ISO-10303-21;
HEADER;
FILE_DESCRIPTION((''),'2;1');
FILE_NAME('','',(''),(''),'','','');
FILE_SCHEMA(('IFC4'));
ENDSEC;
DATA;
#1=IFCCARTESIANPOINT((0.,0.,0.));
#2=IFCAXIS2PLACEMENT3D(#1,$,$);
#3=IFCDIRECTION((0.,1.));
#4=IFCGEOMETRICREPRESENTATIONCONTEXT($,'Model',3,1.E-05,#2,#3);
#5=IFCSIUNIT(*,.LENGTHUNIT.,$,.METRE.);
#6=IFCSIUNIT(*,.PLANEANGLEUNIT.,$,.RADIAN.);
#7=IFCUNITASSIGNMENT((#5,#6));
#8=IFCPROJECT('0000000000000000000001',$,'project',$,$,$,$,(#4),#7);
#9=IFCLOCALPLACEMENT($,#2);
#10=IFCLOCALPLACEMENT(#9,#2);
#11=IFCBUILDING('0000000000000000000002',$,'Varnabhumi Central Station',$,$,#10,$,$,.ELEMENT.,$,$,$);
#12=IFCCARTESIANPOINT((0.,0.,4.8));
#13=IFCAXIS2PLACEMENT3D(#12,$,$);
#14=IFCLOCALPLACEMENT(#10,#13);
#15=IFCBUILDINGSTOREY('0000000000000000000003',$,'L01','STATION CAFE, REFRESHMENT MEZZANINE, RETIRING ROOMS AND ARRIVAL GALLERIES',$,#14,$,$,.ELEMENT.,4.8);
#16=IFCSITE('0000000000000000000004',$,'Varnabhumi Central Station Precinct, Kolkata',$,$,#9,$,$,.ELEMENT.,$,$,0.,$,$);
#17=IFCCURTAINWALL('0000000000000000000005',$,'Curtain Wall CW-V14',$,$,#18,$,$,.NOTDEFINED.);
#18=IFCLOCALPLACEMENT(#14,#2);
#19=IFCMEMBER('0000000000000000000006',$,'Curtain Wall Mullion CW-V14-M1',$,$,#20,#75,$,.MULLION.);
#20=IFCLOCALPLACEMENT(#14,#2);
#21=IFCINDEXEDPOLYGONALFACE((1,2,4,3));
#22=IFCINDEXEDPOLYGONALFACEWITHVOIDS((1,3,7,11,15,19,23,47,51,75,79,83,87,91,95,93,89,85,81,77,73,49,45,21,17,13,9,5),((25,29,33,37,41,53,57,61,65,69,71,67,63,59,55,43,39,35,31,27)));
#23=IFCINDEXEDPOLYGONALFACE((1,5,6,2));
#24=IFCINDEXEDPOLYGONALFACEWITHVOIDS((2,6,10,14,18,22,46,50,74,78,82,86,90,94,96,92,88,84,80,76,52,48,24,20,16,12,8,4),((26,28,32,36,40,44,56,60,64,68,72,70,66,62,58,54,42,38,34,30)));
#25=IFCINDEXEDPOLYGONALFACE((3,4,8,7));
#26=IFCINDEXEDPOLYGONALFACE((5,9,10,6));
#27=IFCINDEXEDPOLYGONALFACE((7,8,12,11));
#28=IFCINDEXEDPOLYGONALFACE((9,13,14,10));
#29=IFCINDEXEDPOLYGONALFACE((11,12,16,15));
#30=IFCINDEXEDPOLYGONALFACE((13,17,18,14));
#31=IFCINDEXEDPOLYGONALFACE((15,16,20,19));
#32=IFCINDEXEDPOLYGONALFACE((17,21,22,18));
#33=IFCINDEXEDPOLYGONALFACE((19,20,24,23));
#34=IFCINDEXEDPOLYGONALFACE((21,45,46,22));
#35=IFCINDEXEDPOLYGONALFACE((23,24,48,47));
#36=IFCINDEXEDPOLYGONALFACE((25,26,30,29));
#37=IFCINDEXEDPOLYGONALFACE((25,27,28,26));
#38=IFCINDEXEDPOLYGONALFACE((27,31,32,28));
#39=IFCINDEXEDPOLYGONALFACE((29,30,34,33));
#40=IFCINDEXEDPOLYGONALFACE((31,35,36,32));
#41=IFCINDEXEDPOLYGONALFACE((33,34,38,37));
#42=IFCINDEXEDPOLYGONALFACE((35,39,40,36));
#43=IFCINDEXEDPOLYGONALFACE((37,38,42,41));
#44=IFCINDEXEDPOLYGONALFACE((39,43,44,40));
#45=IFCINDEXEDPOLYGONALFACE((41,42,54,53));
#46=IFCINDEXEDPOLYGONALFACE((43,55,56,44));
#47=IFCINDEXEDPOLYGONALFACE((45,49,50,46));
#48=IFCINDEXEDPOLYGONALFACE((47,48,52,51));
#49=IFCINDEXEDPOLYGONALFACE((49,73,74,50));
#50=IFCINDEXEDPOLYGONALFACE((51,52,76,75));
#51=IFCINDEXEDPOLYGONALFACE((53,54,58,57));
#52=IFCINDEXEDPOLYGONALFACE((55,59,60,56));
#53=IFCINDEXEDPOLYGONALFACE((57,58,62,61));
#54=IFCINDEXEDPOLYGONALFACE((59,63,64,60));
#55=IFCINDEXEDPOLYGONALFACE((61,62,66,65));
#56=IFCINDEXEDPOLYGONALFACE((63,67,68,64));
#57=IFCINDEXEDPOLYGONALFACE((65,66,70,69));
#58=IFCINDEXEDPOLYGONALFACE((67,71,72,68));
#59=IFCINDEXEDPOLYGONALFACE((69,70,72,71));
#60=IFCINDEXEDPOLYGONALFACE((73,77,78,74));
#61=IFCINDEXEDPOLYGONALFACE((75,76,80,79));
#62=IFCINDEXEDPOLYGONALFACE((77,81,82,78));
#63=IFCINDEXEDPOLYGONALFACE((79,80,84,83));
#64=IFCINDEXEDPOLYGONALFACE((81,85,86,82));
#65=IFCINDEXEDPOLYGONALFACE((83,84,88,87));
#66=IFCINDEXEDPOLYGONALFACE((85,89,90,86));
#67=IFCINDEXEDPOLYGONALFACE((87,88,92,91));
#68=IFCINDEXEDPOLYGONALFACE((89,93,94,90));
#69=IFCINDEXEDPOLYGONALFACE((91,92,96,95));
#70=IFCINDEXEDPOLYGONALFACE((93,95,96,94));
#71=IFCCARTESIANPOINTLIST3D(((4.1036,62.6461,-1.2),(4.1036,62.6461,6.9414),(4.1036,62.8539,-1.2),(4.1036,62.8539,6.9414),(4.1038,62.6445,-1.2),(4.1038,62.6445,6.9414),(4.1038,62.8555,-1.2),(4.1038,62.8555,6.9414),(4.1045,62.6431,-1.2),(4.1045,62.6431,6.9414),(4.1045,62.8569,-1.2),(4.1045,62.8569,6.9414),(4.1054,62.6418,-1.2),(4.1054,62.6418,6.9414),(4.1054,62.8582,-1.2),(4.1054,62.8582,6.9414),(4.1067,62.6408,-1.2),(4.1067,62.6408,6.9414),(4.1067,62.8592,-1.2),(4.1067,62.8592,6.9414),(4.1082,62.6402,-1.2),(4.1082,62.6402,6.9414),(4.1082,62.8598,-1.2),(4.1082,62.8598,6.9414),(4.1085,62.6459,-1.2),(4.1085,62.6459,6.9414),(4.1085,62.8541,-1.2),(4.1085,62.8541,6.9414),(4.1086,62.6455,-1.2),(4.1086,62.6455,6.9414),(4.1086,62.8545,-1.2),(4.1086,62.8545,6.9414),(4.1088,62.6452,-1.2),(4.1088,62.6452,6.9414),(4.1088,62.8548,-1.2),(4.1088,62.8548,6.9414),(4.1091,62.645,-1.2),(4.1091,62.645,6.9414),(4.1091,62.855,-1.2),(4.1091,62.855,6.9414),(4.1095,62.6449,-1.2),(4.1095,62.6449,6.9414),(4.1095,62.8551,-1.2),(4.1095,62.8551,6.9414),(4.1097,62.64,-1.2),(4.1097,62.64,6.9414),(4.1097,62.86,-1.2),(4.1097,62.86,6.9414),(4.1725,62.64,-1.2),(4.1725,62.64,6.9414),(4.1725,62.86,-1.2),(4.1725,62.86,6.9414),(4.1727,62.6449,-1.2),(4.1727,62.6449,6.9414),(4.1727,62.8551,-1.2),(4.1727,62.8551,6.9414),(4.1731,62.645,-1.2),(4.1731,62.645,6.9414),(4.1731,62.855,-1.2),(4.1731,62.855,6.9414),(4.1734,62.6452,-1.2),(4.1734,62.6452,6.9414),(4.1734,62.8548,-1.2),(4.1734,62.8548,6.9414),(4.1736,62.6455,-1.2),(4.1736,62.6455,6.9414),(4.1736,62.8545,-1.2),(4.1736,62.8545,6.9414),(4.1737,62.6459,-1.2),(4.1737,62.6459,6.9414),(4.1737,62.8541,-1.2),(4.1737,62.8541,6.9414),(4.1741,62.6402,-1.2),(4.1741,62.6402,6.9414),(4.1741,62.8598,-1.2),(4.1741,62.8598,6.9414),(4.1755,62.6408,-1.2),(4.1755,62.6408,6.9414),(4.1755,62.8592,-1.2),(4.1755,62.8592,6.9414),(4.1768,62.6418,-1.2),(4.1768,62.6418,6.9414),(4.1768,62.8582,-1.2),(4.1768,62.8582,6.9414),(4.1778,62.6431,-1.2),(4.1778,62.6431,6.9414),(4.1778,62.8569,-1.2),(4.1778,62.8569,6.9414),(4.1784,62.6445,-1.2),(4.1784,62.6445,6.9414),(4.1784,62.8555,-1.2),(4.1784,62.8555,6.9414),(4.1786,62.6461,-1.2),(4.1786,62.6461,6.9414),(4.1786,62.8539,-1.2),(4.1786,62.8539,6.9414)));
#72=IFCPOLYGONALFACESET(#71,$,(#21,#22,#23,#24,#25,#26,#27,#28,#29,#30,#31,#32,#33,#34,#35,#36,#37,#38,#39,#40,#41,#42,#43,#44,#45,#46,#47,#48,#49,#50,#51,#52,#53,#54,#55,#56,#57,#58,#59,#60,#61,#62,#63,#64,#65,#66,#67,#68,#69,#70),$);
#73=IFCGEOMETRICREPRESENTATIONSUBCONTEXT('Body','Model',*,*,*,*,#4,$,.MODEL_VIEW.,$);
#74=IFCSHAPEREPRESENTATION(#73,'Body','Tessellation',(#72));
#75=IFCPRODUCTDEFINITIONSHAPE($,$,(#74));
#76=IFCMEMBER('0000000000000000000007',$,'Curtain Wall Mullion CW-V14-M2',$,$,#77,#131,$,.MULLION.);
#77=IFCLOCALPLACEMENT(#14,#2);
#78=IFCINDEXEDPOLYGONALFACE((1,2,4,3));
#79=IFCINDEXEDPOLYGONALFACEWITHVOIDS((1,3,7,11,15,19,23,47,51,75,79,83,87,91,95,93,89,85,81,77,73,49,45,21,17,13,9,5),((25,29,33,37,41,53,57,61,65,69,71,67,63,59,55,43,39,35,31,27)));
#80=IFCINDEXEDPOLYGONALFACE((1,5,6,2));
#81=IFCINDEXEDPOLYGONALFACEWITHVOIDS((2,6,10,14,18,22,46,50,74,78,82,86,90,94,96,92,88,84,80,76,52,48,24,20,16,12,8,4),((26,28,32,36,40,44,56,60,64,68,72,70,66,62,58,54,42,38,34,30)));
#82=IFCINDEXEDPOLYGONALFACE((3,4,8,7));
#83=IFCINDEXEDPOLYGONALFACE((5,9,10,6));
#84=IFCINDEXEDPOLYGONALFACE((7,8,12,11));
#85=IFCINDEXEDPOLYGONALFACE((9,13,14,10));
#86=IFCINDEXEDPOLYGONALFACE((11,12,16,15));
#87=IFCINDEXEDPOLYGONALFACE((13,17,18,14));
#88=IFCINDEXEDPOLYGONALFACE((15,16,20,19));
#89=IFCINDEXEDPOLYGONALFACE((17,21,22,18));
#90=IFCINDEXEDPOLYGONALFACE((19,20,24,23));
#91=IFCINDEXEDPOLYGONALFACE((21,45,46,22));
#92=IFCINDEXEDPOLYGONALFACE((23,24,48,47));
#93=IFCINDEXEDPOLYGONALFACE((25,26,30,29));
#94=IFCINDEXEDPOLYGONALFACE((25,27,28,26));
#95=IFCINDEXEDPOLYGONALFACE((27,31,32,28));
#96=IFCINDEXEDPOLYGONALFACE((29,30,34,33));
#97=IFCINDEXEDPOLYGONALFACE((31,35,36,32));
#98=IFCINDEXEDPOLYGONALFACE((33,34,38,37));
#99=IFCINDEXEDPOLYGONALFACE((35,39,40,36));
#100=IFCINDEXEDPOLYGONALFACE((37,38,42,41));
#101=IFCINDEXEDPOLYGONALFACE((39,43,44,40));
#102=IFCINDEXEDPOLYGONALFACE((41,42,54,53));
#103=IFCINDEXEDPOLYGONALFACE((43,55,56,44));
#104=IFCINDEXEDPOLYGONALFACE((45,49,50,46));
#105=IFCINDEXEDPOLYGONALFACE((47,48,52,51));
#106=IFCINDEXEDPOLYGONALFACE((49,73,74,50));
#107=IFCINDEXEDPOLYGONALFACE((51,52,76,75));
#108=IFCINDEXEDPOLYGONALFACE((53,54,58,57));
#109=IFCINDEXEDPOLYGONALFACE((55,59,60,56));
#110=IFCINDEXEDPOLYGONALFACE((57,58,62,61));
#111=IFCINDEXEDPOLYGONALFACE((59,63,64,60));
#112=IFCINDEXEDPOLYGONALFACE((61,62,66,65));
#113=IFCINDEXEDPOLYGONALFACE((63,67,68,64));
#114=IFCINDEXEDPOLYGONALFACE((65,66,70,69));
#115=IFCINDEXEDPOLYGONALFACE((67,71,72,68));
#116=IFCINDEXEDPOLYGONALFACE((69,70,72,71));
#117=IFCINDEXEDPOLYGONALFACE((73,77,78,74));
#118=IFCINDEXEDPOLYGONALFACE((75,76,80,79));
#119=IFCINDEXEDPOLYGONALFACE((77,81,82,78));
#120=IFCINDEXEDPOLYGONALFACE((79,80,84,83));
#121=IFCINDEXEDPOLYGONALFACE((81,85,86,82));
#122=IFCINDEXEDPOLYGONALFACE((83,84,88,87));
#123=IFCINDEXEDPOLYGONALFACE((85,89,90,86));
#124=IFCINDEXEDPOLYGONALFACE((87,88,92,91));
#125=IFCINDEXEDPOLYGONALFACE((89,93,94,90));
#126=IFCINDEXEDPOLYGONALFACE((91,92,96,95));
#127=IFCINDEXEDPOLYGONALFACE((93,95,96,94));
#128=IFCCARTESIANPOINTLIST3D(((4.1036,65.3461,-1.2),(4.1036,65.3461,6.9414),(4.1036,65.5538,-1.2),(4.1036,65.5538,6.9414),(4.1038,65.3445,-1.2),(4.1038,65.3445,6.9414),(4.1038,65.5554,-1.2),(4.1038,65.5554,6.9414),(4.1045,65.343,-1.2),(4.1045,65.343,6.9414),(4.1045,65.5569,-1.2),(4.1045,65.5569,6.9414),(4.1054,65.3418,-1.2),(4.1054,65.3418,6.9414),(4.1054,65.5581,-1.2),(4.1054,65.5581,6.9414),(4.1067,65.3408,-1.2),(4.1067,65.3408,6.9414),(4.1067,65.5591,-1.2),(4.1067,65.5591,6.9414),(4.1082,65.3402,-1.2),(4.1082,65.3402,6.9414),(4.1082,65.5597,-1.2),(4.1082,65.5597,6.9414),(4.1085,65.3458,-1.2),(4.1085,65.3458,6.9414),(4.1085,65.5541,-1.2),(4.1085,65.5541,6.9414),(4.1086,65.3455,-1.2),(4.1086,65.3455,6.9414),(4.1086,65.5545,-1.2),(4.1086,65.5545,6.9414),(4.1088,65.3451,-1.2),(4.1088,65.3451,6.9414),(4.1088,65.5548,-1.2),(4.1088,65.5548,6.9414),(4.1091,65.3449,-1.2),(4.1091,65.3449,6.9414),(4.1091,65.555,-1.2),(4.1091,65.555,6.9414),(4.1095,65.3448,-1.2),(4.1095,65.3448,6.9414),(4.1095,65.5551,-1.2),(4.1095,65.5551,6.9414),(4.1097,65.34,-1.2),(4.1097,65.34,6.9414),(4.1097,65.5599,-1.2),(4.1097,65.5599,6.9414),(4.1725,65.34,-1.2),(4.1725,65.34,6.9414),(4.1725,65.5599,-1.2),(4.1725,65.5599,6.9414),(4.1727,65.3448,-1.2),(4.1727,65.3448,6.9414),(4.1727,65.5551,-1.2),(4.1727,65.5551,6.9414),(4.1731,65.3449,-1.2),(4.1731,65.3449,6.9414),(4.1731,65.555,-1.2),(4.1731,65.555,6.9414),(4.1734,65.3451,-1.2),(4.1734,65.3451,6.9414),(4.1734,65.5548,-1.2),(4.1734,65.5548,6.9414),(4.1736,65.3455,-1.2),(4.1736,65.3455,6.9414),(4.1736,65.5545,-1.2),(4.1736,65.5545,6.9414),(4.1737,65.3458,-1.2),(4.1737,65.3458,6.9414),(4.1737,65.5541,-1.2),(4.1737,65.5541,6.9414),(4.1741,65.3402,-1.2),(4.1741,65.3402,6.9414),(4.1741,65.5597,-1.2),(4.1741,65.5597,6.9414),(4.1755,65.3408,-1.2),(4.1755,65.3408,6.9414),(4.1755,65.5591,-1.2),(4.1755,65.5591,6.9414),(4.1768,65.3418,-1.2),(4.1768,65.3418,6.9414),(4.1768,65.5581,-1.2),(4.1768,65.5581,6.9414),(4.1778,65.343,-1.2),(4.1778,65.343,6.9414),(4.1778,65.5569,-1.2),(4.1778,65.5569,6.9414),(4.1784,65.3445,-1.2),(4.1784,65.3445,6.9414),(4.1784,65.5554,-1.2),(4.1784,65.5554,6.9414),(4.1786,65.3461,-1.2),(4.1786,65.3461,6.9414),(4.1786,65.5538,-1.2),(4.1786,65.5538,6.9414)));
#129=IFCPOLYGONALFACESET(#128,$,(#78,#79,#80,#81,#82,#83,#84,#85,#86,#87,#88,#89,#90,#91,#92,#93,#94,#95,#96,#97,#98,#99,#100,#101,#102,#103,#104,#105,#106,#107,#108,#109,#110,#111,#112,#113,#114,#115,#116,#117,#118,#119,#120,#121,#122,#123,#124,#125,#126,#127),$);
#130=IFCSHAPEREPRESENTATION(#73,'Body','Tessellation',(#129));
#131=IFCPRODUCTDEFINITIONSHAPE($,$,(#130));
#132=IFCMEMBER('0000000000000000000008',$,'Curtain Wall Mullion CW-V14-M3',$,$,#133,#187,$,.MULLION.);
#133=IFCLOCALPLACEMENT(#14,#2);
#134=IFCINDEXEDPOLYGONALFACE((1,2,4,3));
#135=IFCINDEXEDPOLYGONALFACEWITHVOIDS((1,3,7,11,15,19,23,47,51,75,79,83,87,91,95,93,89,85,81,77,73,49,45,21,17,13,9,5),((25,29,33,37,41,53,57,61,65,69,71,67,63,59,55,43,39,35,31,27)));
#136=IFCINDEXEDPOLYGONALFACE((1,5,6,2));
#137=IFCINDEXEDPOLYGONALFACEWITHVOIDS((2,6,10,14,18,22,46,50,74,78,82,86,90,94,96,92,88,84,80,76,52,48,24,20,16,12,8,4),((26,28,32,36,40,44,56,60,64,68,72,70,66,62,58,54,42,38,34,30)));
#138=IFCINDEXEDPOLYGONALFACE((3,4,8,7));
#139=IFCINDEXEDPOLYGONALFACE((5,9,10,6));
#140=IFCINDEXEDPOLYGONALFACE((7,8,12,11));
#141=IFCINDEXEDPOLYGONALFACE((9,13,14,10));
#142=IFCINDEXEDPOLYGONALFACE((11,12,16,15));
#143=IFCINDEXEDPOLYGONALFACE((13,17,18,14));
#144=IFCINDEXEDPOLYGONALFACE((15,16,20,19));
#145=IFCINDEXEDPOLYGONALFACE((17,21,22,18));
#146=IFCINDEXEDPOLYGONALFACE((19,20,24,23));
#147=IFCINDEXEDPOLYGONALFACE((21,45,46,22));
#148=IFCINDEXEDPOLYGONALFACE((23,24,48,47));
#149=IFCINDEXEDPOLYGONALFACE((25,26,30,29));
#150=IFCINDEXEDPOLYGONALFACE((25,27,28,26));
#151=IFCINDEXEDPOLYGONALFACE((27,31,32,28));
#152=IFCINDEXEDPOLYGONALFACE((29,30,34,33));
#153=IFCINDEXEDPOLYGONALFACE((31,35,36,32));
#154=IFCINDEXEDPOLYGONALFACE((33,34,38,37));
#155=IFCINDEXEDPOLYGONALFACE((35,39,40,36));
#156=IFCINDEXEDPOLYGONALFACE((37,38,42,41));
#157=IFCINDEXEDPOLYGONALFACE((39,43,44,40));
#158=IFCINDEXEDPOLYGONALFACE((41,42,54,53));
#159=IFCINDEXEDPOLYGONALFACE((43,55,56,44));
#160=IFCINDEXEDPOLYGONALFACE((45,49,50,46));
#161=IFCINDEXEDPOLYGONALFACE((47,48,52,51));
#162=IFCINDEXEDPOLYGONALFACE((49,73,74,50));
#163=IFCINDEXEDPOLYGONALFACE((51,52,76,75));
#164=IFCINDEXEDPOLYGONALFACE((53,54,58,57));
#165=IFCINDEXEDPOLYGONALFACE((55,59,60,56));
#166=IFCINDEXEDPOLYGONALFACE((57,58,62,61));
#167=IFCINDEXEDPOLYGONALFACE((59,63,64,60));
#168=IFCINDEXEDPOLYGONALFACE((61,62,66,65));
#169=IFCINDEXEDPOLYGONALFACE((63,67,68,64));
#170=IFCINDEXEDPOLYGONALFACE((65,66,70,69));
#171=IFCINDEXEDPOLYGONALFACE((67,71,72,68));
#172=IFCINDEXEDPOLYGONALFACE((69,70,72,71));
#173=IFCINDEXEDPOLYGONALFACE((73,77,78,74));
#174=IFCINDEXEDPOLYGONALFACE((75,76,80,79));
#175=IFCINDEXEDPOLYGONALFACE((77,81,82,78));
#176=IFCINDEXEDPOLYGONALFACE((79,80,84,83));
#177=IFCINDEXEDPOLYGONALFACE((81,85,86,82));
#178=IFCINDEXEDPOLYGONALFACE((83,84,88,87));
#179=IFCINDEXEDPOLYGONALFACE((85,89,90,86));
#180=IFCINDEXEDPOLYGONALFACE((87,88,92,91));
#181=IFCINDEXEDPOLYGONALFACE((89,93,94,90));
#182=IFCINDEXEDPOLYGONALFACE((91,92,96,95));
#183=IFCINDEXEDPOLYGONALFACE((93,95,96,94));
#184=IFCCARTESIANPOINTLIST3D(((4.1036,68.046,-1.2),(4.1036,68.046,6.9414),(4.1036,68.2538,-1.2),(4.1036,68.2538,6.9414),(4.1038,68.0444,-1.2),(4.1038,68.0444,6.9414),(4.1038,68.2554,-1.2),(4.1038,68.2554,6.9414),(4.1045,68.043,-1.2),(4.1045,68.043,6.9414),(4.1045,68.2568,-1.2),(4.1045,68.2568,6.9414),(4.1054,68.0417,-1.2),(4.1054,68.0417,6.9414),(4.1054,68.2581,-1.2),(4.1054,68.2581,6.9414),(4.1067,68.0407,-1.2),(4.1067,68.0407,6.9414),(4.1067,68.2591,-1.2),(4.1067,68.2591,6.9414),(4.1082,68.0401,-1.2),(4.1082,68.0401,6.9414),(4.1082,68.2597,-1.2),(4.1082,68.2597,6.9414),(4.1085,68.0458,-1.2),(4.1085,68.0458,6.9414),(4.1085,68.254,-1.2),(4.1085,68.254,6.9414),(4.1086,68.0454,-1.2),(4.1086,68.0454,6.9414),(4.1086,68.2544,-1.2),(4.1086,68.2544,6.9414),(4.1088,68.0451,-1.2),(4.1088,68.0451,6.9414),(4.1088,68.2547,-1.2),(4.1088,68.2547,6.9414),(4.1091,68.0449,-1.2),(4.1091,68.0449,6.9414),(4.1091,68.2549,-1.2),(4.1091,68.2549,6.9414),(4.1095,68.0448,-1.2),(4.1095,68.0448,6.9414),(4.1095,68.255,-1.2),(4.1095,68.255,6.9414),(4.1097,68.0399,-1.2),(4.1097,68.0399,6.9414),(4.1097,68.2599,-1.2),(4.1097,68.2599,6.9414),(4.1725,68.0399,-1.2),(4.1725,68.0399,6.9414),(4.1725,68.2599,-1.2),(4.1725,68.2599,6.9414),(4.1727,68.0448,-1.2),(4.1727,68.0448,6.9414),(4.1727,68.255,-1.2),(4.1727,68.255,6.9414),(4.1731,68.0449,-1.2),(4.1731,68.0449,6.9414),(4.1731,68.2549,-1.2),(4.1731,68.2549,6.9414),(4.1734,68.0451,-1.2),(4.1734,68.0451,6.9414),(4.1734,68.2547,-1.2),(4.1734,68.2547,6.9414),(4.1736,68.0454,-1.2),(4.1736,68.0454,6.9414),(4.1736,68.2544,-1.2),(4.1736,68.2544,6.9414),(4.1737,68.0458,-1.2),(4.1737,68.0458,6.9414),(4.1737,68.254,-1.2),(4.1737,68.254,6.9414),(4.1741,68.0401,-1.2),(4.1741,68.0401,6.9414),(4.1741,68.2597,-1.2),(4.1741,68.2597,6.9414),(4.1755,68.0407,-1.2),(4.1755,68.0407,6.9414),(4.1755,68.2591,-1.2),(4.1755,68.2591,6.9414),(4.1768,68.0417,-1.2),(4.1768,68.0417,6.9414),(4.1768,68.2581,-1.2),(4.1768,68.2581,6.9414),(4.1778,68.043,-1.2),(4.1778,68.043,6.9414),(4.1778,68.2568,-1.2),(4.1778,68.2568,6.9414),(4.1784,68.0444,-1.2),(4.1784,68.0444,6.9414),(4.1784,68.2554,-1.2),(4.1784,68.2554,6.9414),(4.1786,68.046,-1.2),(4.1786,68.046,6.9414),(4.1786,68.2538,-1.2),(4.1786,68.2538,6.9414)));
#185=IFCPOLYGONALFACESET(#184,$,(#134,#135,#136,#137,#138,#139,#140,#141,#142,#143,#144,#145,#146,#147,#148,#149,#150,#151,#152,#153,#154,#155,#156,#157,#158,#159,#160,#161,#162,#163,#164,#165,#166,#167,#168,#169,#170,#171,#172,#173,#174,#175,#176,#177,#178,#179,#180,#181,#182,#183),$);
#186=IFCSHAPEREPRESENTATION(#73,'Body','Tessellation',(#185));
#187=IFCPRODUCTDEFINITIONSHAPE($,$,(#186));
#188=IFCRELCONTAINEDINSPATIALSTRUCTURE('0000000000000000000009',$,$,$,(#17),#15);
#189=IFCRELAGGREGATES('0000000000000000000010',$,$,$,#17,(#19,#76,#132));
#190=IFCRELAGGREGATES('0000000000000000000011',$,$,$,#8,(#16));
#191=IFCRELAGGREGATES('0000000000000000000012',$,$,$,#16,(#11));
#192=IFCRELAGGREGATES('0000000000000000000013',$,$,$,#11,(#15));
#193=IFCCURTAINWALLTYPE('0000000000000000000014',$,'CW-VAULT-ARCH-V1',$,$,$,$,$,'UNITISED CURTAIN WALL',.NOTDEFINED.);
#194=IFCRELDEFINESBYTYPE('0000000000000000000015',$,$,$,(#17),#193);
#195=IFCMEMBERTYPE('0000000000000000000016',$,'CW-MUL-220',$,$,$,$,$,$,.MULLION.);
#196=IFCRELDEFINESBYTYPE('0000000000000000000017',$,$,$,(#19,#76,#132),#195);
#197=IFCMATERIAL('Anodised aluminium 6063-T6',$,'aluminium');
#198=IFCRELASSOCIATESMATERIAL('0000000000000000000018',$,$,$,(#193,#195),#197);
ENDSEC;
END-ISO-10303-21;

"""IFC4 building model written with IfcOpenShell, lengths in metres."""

from ifc_helpers import new_model, si_unit, direction, frame, origin, origin_2d, place, context, subcontext, project, spatial, hollow_rectangle, extrude, material, material_profile, profile_set, type_object, element, aggregate, save


model = new_model("IFC4")

# Units and contexts
model_context = context("Model", 3, precision=1e-05, world=origin(), true_north=direction((0.0, 1.0)))
body_context = subcontext(model_context, "Body", "Model", "MODEL_VIEW")
ifc_project = project(units=[si_unit("LENGTHUNIT", "METRE"), si_unit("PLANEANGLEUNIT", "RADIAN")], contexts=[model_context])

# Site, building, storey
site_placement = place(None, origin())
site = spatial("IfcSite", under=ifc_project, at=site_placement, Name="Varnabhumi Central Station Precinct, Kolkata", CompositionType="ELEMENT", RefElevation=0.0)
building_placement = place(site_placement, origin())
building = spatial("IfcBuilding", under=site, at=building_placement, Name="Varnabhumi Central Station", CompositionType="ELEMENT")
storey_placement = place(building_placement, frame((0.0, 0.0, 4.8)))
storey = spatial("IfcBuildingStorey", under=building, at=storey_placement, Name="L01", Description="STATION CAFE, REFRESHMENT MEZZANINE, RETIRING ROOMS AND ARRIVAL GALLERIES", CompositionType="ELEMENT", Elevation=4.8)

# Curtain wall, members
ifc_material_1 = material(Name="Anodised aluminium 6063-T6", Category="aluminium")
curtain_wall_type = type_object("IfcCurtainWallType", Name="CW-VAULT-ARCH-V1", ElementType="UNITISED CURTAIN WALL", PredefinedType="NOTDEFINED", material=ifc_material_1)
curtain_wall_1_placement = place(storey_placement, origin())
curtain_wall_1 = element("IfcCurtainWall", 1, at=curtain_wall_1_placement, inside=storey, type_object=curtain_wall_type, Name="Curtain Wall CW-V14", PredefinedType="NOTDEFINED")
ifc_material_profile_1 = material_profile(ifc_material_1, hollow_rectangle(XDim=0.075, YDim=0.22, WallThickness=0.0049, InnerFilletRadius=0.001, OuterFilletRadius=0.0061, at=origin_2d()), Name="Anodised aluminium 6063-T6", Category="aluminium")
ifc_profile_set_1 = profile_set([ifc_material_profile_1], Name="Anodised aluminium 6063-T6")
member_type_1 = type_object("IfcMemberType", Name="CW-MUL-220", PredefinedType="MULLION", material=ifc_profile_set_1)
member_1_placement = place(storey_placement, frame((4.1411, 62.75, -1.2), z_axis=(0.0, 0.0, 1.0), x_axis=(1.0, 0.0, 0.0)))
member_1 = element("IfcMember", 2, at=member_1_placement, type_object=member_type_1, Name="Curtain Wall Mullion CW-V14-M1", PredefinedType="MULLION", context=body_context, shape_type="SweptSolid", body=[
    extrude(hollow_rectangle(XDim=0.075, YDim=0.22, WallThickness=0.0049, InnerFilletRadius=0.001, OuterFilletRadius=0.0061, at=origin_2d()), origin(), (0.0, 0.0, 1.0), 8.1414),
])
member_2_placement = place(storey_placement, frame((4.1411, 65.45, -1.2), z_axis=(0.0, 0.0, 1.0), x_axis=(1.0, 0.0, 0.0)))
member_2 = element("IfcMember", 3, at=member_2_placement, type_object=member_type_1, Name="Curtain Wall Mullion CW-V14-M2", PredefinedType="MULLION", context=body_context, shape_type="SweptSolid", body=[
    extrude(hollow_rectangle(XDim=0.075, YDim=0.22, WallThickness=0.0049, InnerFilletRadius=0.001, OuterFilletRadius=0.0061, at=origin_2d()), origin(), (0.0, 0.0, 1.0), 8.1414),
])
member_3_placement = place(storey_placement, frame((4.1411, 68.1499, -1.2), z_axis=(0.0, 0.0, 1.0), x_axis=(1.0, 0.0, 0.0)))
member_3 = element("IfcMember", 4, at=member_3_placement, type_object=member_type_1, Name="Curtain Wall Mullion CW-V14-M3", PredefinedType="MULLION", context=body_context, shape_type="SweptSolid", body=[
    extrude(hollow_rectangle(XDim=0.075, YDim=0.22, WallThickness=0.0049, InnerFilletRadius=0.001, OuterFilletRadius=0.0061, at=origin_2d()), origin(), (0.0, 0.0, 1.0), 8.1414),
])

aggregate(curtain_wall_1, [member_1, member_2, member_3])

save(model, "model.ifc")
